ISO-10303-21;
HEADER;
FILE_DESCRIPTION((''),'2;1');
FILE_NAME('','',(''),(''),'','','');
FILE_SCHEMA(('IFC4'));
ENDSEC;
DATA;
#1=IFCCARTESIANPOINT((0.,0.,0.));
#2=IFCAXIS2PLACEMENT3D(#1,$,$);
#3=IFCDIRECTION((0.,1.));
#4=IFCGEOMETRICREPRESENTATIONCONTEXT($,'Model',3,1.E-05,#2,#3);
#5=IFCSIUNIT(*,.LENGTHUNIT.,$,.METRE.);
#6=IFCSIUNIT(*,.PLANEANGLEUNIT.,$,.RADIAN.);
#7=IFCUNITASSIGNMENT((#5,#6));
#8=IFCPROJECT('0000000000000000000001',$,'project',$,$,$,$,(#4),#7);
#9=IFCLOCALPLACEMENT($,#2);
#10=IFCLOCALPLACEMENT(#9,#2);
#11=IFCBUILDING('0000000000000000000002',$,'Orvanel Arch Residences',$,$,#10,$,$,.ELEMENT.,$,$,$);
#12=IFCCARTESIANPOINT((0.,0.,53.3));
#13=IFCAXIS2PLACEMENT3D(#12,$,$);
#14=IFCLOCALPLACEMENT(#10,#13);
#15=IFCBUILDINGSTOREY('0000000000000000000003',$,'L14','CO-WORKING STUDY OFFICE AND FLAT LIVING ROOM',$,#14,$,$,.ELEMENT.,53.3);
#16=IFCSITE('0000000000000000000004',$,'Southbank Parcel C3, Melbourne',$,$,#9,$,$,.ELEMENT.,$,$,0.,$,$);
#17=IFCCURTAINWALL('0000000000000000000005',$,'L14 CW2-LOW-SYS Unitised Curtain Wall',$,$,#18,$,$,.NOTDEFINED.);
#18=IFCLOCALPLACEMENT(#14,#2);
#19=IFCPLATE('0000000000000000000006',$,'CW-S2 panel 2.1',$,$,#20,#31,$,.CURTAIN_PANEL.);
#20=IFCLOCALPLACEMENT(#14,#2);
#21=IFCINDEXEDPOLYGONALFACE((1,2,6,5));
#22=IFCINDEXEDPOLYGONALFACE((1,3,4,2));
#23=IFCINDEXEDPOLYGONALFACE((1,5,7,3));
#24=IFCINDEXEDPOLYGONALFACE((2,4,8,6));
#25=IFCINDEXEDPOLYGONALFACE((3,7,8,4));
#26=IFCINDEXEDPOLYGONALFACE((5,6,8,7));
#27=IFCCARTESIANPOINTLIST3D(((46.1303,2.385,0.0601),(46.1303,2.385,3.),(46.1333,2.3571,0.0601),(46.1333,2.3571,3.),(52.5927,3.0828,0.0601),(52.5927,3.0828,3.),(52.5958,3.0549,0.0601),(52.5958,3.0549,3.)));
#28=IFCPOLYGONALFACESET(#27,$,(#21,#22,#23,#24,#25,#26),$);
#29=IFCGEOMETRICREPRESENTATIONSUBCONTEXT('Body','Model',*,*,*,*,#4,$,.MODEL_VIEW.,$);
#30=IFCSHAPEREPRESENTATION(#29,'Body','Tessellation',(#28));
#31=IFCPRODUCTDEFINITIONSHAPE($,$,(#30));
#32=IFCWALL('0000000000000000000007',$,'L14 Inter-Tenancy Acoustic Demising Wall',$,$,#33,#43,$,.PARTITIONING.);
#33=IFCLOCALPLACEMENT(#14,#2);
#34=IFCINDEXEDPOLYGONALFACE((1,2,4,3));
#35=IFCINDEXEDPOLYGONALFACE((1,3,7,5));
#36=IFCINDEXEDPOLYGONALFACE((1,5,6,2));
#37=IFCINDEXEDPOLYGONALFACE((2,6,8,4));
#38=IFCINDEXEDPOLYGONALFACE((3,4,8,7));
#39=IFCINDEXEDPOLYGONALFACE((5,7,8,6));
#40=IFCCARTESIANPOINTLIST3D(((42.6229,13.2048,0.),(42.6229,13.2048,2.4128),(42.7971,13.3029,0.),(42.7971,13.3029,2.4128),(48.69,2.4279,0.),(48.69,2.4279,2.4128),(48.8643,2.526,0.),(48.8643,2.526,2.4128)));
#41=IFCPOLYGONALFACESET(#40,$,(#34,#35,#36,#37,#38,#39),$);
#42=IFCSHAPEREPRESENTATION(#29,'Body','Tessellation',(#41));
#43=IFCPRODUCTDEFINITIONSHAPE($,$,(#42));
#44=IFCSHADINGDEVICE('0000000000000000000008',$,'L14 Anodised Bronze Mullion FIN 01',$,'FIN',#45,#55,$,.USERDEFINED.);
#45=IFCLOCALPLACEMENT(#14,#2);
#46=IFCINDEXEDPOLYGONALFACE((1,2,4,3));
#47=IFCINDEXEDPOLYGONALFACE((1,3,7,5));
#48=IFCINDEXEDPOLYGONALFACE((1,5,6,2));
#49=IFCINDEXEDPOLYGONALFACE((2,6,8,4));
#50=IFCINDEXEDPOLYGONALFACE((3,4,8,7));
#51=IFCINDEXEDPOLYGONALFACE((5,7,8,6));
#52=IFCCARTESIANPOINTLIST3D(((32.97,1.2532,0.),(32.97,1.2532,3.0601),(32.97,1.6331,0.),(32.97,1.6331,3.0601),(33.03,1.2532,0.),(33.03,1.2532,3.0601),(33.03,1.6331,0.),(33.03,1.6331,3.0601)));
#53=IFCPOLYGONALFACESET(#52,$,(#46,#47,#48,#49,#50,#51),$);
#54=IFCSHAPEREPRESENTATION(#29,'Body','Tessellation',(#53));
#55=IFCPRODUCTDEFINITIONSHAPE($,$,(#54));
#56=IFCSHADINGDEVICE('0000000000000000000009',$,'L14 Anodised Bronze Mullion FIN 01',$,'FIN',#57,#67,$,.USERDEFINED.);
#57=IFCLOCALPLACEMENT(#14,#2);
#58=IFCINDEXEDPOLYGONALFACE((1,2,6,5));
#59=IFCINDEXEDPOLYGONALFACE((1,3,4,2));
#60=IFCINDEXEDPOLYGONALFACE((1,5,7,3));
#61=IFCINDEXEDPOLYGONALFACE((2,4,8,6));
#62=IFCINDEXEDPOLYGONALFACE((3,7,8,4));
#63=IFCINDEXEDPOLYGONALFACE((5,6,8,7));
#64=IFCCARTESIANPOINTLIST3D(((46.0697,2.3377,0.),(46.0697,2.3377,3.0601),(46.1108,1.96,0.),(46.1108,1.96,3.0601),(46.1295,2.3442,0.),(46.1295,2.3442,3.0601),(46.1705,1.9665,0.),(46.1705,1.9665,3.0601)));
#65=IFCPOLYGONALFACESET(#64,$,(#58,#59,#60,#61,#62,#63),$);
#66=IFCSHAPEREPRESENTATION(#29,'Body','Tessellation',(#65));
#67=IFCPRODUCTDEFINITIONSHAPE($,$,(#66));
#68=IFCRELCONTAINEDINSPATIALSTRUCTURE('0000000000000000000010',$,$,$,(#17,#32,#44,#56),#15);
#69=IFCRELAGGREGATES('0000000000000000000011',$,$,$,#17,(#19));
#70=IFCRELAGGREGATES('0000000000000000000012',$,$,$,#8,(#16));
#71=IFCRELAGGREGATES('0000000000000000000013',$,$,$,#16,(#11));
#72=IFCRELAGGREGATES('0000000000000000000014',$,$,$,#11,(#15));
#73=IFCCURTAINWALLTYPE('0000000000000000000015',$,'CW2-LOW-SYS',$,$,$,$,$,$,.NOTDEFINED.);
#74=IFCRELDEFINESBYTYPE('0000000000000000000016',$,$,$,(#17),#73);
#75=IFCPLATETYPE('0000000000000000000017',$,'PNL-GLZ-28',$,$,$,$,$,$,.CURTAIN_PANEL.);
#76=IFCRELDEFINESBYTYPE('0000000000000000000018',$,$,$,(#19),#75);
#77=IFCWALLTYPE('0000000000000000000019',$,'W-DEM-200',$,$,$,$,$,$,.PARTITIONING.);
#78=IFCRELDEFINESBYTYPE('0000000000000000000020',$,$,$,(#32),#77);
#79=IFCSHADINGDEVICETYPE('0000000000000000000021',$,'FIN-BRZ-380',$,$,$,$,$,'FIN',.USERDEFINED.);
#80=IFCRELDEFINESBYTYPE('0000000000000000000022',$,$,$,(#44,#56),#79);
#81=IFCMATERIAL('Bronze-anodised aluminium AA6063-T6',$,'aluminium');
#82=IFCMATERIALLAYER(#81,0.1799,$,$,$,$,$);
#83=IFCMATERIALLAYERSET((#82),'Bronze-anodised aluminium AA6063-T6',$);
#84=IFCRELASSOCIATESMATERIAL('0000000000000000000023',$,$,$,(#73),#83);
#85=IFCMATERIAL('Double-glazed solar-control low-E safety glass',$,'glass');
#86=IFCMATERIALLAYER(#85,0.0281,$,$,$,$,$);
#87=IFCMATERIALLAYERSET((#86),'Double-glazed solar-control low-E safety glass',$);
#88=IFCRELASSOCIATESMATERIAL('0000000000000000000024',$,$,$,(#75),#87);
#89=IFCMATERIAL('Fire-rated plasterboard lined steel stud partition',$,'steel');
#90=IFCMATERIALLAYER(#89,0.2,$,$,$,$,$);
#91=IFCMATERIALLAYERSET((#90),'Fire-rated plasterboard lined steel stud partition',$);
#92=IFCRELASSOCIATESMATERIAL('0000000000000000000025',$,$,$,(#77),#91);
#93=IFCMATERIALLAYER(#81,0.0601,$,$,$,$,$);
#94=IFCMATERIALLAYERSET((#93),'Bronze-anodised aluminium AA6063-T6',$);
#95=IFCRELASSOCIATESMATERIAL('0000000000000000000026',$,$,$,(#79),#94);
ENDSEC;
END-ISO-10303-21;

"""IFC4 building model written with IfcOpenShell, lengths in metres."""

from ifc_helpers import new_model, si_unit, direction, frame, frame_2d, origin, origin_2d, place, context, subcontext, project, spatial, rectangle, extrude, material, layer, layer_set, type_object, element, aggregate, save


model = new_model("IFC4")

# Units and contexts
model_context = context("Model", 3, precision=1e-05, world=origin(), true_north=direction((0.0, 1.0)))
body_context = subcontext(model_context, "Body", "Model", "MODEL_VIEW")
ifc_project = project(units=[si_unit("LENGTHUNIT", "METRE"), si_unit("PLANEANGLEUNIT", "RADIAN")], contexts=[model_context])

# Site, building, storey
site_placement = place(None, origin())
site = spatial("IfcSite", under=ifc_project, at=site_placement, Name="Southbank Parcel C3, Melbourne", CompositionType="ELEMENT", RefElevation=0.0)
building_placement = place(site_placement, origin())
building = spatial("IfcBuilding", under=site, at=building_placement, Name="Orvanel Arch Residences", CompositionType="ELEMENT")
storey_placement = place(building_placement, frame((0.0, 0.0, 53.3)))
storey = spatial("IfcBuildingStorey", under=building, at=storey_placement, Name="L14", Description="CO-WORKING STUDY OFFICE AND FLAT LIVING ROOM", CompositionType="ELEMENT", Elevation=53.3)

# Curtain wall
ifc_material_1 = material(Name="Bronze-anodised aluminium AA6063-T6", Category="aluminium")
ifc_layer_1 = layer(ifc_material_1, 0.1799)
ifc_layer_set_1 = layer_set([ifc_layer_1], Name="Bronze-anodised aluminium AA6063-T6")
curtain_wall_type = type_object("IfcCurtainWallType", Name="CW2-LOW-SYS", PredefinedType="NOTDEFINED", material=ifc_layer_set_1)
curtain_wall_1_placement = place(storey_placement, origin())
curtain_wall_1 = element("IfcCurtainWall", 1, at=curtain_wall_1_placement, inside=storey, type_object=curtain_wall_type, Name="L14 CW2-LOW-SYS Unitised Curtain Wall", PredefinedType="NOTDEFINED")

# Plate
ifc_material_2 = material(Name="Double-glazed solar-control low-E safety glass", Category="glass")
ifc_layer_2 = layer(ifc_material_2, 0.0281)
ifc_layer_set_2 = layer_set([ifc_layer_2], Name="Double-glazed solar-control low-E safety glass")
plate_type = type_object("IfcPlateType", Name="PNL-GLZ-28", PredefinedType="CURTAIN_PANEL", material=ifc_layer_set_2)
plate_1_placement = place(storey_placement, frame((49.363, 2.72, 0.0601), z_axis=(0.0, 0.0, 1.0), x_axis=(0.994221, 0.107357, 0.0)))
plate_1 = element("IfcPlate", 2, at=plate_1_placement, type_object=plate_type, Name="CW-S2 panel 2.1", PredefinedType="CURTAIN_PANEL", context=body_context, shape_type="SweptSolid", body=[
    extrude(rectangle(XDim=6.5, YDim=0.0281, at=origin_2d()), origin(), (0.0, 0.0, 1.0), 2.9399),
])
aggregate(curtain_wall_1, [plate_1])

# Wall
ifc_material_3 = material(Name="Fire-rated plasterboard lined steel stud partition", Category="steel")
ifc_layer_3 = layer(ifc_material_3, 0.2)
ifc_layer_set_3 = layer_set([ifc_layer_3], Name="Fire-rated plasterboard lined steel stud partition")
wall_type = type_object("IfcWallType", Name="W-DEM-200", PredefinedType="PARTITIONING", material=ifc_layer_set_3)
wall_placement = place(storey_placement, frame((48.7771, 2.4771, 0.0), z_axis=(0.0, 0.0, 1.0), x_axis=(-0.490578, 0.871397, 0.0)))
element("IfcWall", 3, at=wall_placement, inside=storey, type_object=wall_type, Name="L14 Inter-Tenancy Acoustic Demising Wall", PredefinedType="PARTITIONING", context=body_context, shape_type="SweptSolid", body=[
    extrude(rectangle(XDim=12.3674, YDim=0.2, at=frame_2d((6.1836, 0.0))), origin(), (0.0, 0.0, 1.0), 2.4128),
])

# Shading devices
ifc_layer_4 = layer(ifc_material_1, 0.0601)
ifc_layer_set_4 = layer_set([ifc_layer_4], Name="Bronze-anodised aluminium AA6063-T6")
shading_device_type = type_object("IfcShadingDeviceType", Name="FIN-BRZ-380", ElementType="FIN", PredefinedType="USERDEFINED", material=ifc_layer_set_4)
for number, where, z_axis, x_axis, name in (
    (4, (33.0, 1.4431, 0.0), (0.0, 0.0, 1.0), (0.0, -1.0, 0.0), "L14 Anodised Bronze Mullion FIN 01"),
    (5, (46.1201, 2.1521, 0.0), (0.0, 0.0, 1.0), (0.107999, -0.994151, 0.0), "L14 Anodised Bronze Mullion FIN 01"),
):
    element("IfcShadingDevice", number, at=place(storey_placement, frame(where, z_axis=z_axis, x_axis=x_axis)), inside=storey, type_object=shading_device_type, Name=name, ObjectType="FIN", PredefinedType="USERDEFINED", context=body_context, shape_type="SweptSolid", body=[
        extrude(rectangle(XDim=0.3799, YDim=0.0601, at=origin_2d()), origin(), (0.0, 0.0, 1.0), 3.0601),
    ])

save(model, "model.ifc")
